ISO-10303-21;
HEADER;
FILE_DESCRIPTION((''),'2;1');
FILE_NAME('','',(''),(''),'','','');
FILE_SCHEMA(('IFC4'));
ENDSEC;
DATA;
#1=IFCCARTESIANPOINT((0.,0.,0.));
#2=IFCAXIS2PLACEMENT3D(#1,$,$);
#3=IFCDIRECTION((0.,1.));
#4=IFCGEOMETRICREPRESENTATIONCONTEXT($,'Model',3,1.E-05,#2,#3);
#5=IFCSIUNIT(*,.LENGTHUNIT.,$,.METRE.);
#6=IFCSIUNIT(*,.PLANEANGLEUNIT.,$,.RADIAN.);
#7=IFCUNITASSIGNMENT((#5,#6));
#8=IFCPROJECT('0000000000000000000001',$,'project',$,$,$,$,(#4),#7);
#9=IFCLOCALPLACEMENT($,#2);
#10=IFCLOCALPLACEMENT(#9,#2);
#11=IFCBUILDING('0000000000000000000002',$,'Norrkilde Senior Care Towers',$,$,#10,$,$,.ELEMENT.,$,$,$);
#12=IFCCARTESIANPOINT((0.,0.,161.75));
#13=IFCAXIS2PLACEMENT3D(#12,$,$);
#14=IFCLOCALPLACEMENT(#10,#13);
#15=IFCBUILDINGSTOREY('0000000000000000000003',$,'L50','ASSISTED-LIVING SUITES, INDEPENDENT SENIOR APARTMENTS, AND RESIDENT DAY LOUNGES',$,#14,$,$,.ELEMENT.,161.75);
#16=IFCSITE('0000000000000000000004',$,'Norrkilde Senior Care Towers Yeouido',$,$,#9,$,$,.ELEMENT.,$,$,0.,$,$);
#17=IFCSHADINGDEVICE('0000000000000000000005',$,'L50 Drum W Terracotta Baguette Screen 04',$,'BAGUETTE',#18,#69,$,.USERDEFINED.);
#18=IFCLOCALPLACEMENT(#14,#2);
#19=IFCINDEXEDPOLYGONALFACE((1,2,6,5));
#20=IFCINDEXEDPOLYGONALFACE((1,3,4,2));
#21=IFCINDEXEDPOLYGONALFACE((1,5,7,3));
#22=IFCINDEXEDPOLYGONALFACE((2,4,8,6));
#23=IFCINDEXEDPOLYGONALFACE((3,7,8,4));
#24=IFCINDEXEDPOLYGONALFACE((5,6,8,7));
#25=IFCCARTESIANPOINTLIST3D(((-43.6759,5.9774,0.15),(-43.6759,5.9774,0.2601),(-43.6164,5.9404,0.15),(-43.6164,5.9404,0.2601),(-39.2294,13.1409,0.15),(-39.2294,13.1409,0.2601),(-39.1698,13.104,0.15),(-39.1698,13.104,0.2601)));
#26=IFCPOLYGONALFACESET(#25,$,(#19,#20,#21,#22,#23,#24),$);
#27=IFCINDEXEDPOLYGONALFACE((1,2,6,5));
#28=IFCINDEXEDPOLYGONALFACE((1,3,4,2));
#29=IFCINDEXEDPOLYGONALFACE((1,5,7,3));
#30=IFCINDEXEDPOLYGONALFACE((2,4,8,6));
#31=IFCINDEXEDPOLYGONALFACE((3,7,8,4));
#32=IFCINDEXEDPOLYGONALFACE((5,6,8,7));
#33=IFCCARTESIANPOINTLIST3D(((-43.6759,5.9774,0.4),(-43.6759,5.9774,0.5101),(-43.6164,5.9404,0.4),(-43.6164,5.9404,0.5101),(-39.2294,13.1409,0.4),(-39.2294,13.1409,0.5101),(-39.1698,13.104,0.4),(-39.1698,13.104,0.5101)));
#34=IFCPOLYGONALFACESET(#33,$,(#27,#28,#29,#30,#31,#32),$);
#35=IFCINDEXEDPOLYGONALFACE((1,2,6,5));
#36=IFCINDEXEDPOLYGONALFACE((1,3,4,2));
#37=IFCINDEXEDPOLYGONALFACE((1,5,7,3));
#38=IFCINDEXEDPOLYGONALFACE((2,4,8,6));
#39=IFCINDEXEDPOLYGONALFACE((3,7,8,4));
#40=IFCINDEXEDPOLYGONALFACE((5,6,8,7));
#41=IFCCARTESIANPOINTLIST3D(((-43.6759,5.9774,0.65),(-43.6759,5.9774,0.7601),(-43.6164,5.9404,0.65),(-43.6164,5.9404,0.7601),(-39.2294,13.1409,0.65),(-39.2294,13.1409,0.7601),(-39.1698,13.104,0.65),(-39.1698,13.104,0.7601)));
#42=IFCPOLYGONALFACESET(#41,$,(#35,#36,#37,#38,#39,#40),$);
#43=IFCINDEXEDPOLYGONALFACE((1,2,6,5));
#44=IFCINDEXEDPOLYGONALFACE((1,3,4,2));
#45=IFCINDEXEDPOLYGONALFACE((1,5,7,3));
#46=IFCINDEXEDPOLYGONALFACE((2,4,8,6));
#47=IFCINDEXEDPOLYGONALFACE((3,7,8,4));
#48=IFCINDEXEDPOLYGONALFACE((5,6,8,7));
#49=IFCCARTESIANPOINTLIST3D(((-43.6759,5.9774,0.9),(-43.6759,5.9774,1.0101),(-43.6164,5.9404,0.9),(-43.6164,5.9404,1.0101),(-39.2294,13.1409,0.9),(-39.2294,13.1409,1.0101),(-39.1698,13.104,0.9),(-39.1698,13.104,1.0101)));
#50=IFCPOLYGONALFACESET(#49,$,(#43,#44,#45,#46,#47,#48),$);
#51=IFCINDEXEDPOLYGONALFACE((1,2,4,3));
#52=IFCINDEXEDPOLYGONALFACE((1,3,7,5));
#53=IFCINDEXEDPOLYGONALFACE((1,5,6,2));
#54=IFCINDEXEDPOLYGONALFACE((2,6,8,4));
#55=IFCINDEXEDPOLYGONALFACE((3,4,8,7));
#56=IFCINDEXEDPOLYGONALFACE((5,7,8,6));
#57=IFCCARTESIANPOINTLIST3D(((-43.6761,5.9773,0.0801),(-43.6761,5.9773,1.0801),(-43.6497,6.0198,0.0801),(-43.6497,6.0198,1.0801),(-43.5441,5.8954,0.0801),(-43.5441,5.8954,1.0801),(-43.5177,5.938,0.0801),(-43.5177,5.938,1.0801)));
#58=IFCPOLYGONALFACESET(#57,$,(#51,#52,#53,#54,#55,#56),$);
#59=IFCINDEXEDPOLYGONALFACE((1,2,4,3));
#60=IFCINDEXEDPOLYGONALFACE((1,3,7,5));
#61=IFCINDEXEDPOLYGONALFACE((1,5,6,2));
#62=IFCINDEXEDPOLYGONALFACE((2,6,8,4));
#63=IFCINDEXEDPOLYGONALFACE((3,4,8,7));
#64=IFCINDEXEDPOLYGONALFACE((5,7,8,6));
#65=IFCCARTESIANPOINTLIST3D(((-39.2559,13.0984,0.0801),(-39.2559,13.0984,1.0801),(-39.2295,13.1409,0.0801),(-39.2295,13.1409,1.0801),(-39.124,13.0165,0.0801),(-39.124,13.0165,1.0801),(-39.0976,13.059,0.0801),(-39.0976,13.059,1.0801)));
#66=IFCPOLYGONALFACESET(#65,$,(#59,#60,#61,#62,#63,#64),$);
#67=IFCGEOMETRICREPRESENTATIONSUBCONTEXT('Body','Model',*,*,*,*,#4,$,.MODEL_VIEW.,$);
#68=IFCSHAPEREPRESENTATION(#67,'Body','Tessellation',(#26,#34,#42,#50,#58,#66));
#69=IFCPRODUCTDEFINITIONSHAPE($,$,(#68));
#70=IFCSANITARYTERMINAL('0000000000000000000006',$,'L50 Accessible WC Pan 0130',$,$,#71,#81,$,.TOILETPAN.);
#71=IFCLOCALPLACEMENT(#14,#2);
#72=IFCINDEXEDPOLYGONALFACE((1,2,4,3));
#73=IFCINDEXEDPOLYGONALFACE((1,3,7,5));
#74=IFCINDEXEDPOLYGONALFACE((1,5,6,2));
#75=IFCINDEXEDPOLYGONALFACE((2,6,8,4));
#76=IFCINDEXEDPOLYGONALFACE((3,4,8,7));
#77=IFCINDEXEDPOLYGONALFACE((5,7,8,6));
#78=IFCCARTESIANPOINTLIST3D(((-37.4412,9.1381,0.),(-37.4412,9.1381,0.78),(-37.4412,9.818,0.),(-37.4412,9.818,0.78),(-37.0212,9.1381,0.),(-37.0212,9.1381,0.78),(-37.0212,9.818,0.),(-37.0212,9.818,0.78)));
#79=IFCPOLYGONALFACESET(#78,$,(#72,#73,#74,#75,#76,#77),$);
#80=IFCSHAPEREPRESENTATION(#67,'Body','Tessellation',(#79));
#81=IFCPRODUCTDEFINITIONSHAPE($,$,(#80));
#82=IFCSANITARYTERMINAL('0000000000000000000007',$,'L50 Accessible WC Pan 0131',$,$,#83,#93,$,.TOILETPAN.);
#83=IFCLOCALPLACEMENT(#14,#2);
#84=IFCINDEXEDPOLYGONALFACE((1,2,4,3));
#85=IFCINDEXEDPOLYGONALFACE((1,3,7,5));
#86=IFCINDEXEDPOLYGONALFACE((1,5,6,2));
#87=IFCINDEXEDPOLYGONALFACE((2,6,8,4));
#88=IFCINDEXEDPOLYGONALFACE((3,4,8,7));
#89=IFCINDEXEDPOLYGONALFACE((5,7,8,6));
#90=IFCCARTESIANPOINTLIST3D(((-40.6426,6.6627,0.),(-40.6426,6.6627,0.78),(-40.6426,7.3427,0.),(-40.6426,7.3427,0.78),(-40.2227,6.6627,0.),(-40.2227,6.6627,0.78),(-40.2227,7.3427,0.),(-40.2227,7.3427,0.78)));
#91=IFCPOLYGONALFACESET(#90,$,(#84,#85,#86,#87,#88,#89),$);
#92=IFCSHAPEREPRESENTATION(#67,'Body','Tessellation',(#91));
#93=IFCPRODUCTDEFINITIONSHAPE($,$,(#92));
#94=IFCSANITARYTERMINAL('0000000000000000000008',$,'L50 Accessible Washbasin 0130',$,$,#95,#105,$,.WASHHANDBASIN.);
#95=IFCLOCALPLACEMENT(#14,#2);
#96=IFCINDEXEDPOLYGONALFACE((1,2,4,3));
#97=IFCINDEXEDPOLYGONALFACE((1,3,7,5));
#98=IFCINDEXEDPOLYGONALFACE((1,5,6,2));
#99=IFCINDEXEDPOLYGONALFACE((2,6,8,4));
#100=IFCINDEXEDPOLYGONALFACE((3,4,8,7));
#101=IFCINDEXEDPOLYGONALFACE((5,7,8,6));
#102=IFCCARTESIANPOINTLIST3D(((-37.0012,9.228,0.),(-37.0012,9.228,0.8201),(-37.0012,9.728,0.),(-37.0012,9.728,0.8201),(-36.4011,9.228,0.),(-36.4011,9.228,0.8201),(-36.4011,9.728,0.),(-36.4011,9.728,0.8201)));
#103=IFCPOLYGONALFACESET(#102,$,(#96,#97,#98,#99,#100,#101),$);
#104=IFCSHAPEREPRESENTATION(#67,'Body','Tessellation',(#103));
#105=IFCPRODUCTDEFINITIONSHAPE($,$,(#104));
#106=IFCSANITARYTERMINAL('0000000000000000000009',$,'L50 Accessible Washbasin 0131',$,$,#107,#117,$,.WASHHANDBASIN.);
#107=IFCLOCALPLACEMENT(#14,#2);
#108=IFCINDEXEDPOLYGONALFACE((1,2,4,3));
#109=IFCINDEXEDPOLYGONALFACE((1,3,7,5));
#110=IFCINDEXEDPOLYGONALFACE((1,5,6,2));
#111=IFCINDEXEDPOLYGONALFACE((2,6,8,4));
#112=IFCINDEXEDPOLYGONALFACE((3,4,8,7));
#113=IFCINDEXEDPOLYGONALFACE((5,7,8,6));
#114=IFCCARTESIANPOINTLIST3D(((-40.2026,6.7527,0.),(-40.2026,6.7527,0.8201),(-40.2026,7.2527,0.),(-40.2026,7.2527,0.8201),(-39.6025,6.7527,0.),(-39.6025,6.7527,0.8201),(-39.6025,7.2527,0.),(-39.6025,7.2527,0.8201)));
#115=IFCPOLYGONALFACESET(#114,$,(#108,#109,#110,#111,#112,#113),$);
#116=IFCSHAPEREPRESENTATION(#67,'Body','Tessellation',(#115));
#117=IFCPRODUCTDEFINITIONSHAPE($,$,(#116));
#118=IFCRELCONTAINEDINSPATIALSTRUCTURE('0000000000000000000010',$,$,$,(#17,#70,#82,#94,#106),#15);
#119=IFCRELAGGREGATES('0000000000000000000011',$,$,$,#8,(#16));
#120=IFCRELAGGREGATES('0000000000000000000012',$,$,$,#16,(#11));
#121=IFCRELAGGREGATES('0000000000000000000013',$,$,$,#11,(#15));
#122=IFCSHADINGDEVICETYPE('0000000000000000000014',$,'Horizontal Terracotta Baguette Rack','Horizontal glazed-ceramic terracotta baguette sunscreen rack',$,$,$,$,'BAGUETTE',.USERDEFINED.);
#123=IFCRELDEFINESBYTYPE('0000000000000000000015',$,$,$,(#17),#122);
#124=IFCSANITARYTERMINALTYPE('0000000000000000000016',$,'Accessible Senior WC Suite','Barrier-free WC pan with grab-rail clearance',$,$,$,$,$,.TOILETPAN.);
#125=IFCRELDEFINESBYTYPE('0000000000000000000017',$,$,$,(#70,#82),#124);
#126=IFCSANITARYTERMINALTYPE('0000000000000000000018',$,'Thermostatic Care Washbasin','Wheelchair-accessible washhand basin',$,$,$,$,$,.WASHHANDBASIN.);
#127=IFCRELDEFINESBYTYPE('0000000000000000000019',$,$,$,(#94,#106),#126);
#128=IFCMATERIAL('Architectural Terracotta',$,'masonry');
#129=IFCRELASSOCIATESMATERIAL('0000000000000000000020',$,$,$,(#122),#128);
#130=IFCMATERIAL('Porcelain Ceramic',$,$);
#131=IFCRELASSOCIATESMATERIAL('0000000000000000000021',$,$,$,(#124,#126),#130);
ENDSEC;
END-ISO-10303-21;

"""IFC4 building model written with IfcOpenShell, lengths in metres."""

from ifc_helpers import new_model, si_unit, direction, frame, origin, origin_2d, place, context, subcontext, project, spatial, rectangle, extrude, source, transform, mapped, material, type_object, type_shapes, element, save


model = new_model("IFC4")

# Units and contexts
model_context = context("Model", 3, precision=1e-05, world=origin(), true_north=direction((0.0, 1.0)))
body_context = subcontext(model_context, "Body", "Model", "MODEL_VIEW")
ifc_project = project(units=[si_unit("LENGTHUNIT", "METRE"), si_unit("PLANEANGLEUNIT", "RADIAN")], contexts=[model_context])

# Site, building, storey
site_placement = place(None, origin())
site = spatial("IfcSite", under=ifc_project, at=site_placement, Name="Norrkilde Senior Care Towers Yeouido", CompositionType="ELEMENT", RefElevation=0.0)
building_placement = place(site_placement, origin())
building = spatial("IfcBuilding", under=site, at=building_placement, Name="Norrkilde Senior Care Towers", CompositionType="ELEMENT")
storey_placement = place(building_placement, frame((0.0, 0.0, 161.75)))
storey = spatial("IfcBuildingStorey", under=building, at=storey_placement, Name="L50", Description="ASSISTED-LIVING SUITES, INDEPENDENT SENIOR APARTMENTS, AND RESIDENT DAY LOUNGES", CompositionType="ELEMENT", Elevation=161.75)

# Shading device
ifc_material_1 = material(Name="Architectural Terracotta", Category="masonry")
shading_device_type = type_object("IfcShadingDeviceType", Name="Horizontal Terracotta Baguette Rack", Description="Horizontal glazed-ceramic terracotta baguette sunscreen rack", ElementType="BAGUETTE", PredefinedType="USERDEFINED", material=ifc_material_1)
shared_shape_1 = source(origin(), body_context, "Body", "SweptSolid", [
    extrude(rectangle(XDim=0.0701, YDim=0.1101, at=origin_2d()), frame((0.0, 0.0901, 0.125), z_axis=(1.0, 0.0, 0.0), x_axis=(0.0, 1.0, 0.0)), (0.0, 0.0, 1.0), 8.4314),
    extrude(rectangle(XDim=0.0701, YDim=0.1101, at=origin_2d()), frame((0.0, 0.0901, 0.375), z_axis=(1.0, 0.0, 0.0), x_axis=(0.0, 1.0, 0.0)), (0.0, 0.0, 1.0), 8.4314),
    extrude(rectangle(XDim=0.0701, YDim=0.1101, at=origin_2d()), frame((0.0, 0.0901, 0.625), z_axis=(1.0, 0.0, 0.0), x_axis=(0.0, 1.0, 0.0)), (0.0, 0.0, 1.0), 8.4314),
    extrude(rectangle(XDim=0.0701, YDim=0.1101, at=origin_2d()), frame((0.0, 0.0901, 0.875), z_axis=(1.0, 0.0, 0.0), x_axis=(0.0, 1.0, 0.0)), (0.0, 0.0, 1.0), 8.4314),
    extrude(rectangle(XDim=0.05, YDim=0.1553, at=origin_2d()), frame((0.0249, 0.0476, 0.0)), (0.0, 0.0, 1.0), 1.0),
    extrude(rectangle(XDim=0.05, YDim=0.1553, at=origin_2d()), frame((8.4062, 0.0476, 0.0)), (0.0, 0.0, 1.0), 1.0),
])
type_shapes(shading_device_type, [shared_shape_1])
shading_device_placement = place(storey_placement, frame((-43.5696, 5.9114, 0.0801), z_axis=(0.0, 0.0, 1.0), x_axis=(0.527378, 0.849631, 0.0)))
element("IfcShadingDevice", 1, at=shading_device_placement, inside=storey, type_object=shading_device_type, Name="L50 Drum W Terracotta Baguette Screen 04", ObjectType="BAGUETTE", PredefinedType="USERDEFINED", context=body_context, shape_type="MappedRepresentation", body=[
    mapped(shared_shape_1, transform((0.0, 0.0, 0.0), x_axis=(1.0, 0.0, 0.0), y_axis=(0.0, 1.0, 0.0), z_axis=(0.0, 0.0, 1.0), scale=1.0)),
])

# Sanitary terminals
ifc_material_2 = material(Name="Porcelain Ceramic")
sanitary_terminal_type_1 = type_object("IfcSanitaryTerminalType", Name="Accessible Senior WC Suite", Description="Barrier-free WC pan with grab-rail clearance", PredefinedType="TOILETPAN", material=ifc_material_2)
shared_shape_2 = source(origin(), body_context, "Body", "SweptSolid", [
    extrude(rectangle(XDim=0.4199, YDim=0.6799, at=origin_2d()), origin(), (0.0, 0.0, 1.0), 0.78),
])
type_shapes(sanitary_terminal_type_1, [shared_shape_2])
for number, where, z_axis, x_axis, name in (
    (2, (-37.2312, 9.478, 0.0), (0.0, 0.0, 1.0), (1.0, 0.0, 0.0), "L50 Accessible WC Pan 0130"),
    (3, (-40.4326, 7.0027, 0.0), (0.0, 0.0, 1.0), (1.0, 0.0, 0.0), "L50 Accessible WC Pan 0131"),
):
    element("IfcSanitaryTerminal", number, at=place(storey_placement, frame(where, z_axis=z_axis, x_axis=x_axis)), inside=storey, type_object=sanitary_terminal_type_1, Name=name, PredefinedType="TOILETPAN", context=body_context, shape_type="MappedRepresentation", body=[
        mapped(shared_shape_2, transform((0.0, 0.0, 0.0), x_axis=(1.0, 0.0, 0.0), y_axis=(0.0, 1.0, 0.0), z_axis=(0.0, 0.0, 1.0), scale=1.0)),
    ])
sanitary_terminal_type_2 = type_object("IfcSanitaryTerminalType", Name="Thermostatic Care Washbasin", Description="Wheelchair-accessible washhand basin", PredefinedType="WASHHANDBASIN", material=ifc_material_2)
shared_shape_3 = source(origin(), body_context, "Body", "SweptSolid", [
    extrude(rectangle(XDim=0.6001, YDim=0.5, at=origin_2d()), origin(), (0.0, 0.0, 1.0), 0.8201),
])
type_shapes(sanitary_terminal_type_2, [shared_shape_3])
for number, where, z_axis, x_axis, name in (
    (4, (-36.7012, 9.478, 0.0), (0.0, 0.0, 1.0), (1.0, 0.0, 0.0), "L50 Accessible Washbasin 0130"),
    (5, (-39.9026, 7.0027, 0.0), (0.0, 0.0, 1.0), (1.0, 0.0, 0.0), "L50 Accessible Washbasin 0131"),
):
    element("IfcSanitaryTerminal", number, at=place(storey_placement, frame(where, z_axis=z_axis, x_axis=x_axis)), inside=storey, type_object=sanitary_terminal_type_2, Name=name, PredefinedType="WASHHANDBASIN", context=body_context, shape_type="MappedRepresentation", body=[
        mapped(shared_shape_3, transform((0.0, 0.0, 0.0), x_axis=(1.0, 0.0, 0.0), y_axis=(0.0, 1.0, 0.0), z_axis=(0.0, 0.0, 1.0), scale=1.0)),
    ])

save(model, "model.ifc")
